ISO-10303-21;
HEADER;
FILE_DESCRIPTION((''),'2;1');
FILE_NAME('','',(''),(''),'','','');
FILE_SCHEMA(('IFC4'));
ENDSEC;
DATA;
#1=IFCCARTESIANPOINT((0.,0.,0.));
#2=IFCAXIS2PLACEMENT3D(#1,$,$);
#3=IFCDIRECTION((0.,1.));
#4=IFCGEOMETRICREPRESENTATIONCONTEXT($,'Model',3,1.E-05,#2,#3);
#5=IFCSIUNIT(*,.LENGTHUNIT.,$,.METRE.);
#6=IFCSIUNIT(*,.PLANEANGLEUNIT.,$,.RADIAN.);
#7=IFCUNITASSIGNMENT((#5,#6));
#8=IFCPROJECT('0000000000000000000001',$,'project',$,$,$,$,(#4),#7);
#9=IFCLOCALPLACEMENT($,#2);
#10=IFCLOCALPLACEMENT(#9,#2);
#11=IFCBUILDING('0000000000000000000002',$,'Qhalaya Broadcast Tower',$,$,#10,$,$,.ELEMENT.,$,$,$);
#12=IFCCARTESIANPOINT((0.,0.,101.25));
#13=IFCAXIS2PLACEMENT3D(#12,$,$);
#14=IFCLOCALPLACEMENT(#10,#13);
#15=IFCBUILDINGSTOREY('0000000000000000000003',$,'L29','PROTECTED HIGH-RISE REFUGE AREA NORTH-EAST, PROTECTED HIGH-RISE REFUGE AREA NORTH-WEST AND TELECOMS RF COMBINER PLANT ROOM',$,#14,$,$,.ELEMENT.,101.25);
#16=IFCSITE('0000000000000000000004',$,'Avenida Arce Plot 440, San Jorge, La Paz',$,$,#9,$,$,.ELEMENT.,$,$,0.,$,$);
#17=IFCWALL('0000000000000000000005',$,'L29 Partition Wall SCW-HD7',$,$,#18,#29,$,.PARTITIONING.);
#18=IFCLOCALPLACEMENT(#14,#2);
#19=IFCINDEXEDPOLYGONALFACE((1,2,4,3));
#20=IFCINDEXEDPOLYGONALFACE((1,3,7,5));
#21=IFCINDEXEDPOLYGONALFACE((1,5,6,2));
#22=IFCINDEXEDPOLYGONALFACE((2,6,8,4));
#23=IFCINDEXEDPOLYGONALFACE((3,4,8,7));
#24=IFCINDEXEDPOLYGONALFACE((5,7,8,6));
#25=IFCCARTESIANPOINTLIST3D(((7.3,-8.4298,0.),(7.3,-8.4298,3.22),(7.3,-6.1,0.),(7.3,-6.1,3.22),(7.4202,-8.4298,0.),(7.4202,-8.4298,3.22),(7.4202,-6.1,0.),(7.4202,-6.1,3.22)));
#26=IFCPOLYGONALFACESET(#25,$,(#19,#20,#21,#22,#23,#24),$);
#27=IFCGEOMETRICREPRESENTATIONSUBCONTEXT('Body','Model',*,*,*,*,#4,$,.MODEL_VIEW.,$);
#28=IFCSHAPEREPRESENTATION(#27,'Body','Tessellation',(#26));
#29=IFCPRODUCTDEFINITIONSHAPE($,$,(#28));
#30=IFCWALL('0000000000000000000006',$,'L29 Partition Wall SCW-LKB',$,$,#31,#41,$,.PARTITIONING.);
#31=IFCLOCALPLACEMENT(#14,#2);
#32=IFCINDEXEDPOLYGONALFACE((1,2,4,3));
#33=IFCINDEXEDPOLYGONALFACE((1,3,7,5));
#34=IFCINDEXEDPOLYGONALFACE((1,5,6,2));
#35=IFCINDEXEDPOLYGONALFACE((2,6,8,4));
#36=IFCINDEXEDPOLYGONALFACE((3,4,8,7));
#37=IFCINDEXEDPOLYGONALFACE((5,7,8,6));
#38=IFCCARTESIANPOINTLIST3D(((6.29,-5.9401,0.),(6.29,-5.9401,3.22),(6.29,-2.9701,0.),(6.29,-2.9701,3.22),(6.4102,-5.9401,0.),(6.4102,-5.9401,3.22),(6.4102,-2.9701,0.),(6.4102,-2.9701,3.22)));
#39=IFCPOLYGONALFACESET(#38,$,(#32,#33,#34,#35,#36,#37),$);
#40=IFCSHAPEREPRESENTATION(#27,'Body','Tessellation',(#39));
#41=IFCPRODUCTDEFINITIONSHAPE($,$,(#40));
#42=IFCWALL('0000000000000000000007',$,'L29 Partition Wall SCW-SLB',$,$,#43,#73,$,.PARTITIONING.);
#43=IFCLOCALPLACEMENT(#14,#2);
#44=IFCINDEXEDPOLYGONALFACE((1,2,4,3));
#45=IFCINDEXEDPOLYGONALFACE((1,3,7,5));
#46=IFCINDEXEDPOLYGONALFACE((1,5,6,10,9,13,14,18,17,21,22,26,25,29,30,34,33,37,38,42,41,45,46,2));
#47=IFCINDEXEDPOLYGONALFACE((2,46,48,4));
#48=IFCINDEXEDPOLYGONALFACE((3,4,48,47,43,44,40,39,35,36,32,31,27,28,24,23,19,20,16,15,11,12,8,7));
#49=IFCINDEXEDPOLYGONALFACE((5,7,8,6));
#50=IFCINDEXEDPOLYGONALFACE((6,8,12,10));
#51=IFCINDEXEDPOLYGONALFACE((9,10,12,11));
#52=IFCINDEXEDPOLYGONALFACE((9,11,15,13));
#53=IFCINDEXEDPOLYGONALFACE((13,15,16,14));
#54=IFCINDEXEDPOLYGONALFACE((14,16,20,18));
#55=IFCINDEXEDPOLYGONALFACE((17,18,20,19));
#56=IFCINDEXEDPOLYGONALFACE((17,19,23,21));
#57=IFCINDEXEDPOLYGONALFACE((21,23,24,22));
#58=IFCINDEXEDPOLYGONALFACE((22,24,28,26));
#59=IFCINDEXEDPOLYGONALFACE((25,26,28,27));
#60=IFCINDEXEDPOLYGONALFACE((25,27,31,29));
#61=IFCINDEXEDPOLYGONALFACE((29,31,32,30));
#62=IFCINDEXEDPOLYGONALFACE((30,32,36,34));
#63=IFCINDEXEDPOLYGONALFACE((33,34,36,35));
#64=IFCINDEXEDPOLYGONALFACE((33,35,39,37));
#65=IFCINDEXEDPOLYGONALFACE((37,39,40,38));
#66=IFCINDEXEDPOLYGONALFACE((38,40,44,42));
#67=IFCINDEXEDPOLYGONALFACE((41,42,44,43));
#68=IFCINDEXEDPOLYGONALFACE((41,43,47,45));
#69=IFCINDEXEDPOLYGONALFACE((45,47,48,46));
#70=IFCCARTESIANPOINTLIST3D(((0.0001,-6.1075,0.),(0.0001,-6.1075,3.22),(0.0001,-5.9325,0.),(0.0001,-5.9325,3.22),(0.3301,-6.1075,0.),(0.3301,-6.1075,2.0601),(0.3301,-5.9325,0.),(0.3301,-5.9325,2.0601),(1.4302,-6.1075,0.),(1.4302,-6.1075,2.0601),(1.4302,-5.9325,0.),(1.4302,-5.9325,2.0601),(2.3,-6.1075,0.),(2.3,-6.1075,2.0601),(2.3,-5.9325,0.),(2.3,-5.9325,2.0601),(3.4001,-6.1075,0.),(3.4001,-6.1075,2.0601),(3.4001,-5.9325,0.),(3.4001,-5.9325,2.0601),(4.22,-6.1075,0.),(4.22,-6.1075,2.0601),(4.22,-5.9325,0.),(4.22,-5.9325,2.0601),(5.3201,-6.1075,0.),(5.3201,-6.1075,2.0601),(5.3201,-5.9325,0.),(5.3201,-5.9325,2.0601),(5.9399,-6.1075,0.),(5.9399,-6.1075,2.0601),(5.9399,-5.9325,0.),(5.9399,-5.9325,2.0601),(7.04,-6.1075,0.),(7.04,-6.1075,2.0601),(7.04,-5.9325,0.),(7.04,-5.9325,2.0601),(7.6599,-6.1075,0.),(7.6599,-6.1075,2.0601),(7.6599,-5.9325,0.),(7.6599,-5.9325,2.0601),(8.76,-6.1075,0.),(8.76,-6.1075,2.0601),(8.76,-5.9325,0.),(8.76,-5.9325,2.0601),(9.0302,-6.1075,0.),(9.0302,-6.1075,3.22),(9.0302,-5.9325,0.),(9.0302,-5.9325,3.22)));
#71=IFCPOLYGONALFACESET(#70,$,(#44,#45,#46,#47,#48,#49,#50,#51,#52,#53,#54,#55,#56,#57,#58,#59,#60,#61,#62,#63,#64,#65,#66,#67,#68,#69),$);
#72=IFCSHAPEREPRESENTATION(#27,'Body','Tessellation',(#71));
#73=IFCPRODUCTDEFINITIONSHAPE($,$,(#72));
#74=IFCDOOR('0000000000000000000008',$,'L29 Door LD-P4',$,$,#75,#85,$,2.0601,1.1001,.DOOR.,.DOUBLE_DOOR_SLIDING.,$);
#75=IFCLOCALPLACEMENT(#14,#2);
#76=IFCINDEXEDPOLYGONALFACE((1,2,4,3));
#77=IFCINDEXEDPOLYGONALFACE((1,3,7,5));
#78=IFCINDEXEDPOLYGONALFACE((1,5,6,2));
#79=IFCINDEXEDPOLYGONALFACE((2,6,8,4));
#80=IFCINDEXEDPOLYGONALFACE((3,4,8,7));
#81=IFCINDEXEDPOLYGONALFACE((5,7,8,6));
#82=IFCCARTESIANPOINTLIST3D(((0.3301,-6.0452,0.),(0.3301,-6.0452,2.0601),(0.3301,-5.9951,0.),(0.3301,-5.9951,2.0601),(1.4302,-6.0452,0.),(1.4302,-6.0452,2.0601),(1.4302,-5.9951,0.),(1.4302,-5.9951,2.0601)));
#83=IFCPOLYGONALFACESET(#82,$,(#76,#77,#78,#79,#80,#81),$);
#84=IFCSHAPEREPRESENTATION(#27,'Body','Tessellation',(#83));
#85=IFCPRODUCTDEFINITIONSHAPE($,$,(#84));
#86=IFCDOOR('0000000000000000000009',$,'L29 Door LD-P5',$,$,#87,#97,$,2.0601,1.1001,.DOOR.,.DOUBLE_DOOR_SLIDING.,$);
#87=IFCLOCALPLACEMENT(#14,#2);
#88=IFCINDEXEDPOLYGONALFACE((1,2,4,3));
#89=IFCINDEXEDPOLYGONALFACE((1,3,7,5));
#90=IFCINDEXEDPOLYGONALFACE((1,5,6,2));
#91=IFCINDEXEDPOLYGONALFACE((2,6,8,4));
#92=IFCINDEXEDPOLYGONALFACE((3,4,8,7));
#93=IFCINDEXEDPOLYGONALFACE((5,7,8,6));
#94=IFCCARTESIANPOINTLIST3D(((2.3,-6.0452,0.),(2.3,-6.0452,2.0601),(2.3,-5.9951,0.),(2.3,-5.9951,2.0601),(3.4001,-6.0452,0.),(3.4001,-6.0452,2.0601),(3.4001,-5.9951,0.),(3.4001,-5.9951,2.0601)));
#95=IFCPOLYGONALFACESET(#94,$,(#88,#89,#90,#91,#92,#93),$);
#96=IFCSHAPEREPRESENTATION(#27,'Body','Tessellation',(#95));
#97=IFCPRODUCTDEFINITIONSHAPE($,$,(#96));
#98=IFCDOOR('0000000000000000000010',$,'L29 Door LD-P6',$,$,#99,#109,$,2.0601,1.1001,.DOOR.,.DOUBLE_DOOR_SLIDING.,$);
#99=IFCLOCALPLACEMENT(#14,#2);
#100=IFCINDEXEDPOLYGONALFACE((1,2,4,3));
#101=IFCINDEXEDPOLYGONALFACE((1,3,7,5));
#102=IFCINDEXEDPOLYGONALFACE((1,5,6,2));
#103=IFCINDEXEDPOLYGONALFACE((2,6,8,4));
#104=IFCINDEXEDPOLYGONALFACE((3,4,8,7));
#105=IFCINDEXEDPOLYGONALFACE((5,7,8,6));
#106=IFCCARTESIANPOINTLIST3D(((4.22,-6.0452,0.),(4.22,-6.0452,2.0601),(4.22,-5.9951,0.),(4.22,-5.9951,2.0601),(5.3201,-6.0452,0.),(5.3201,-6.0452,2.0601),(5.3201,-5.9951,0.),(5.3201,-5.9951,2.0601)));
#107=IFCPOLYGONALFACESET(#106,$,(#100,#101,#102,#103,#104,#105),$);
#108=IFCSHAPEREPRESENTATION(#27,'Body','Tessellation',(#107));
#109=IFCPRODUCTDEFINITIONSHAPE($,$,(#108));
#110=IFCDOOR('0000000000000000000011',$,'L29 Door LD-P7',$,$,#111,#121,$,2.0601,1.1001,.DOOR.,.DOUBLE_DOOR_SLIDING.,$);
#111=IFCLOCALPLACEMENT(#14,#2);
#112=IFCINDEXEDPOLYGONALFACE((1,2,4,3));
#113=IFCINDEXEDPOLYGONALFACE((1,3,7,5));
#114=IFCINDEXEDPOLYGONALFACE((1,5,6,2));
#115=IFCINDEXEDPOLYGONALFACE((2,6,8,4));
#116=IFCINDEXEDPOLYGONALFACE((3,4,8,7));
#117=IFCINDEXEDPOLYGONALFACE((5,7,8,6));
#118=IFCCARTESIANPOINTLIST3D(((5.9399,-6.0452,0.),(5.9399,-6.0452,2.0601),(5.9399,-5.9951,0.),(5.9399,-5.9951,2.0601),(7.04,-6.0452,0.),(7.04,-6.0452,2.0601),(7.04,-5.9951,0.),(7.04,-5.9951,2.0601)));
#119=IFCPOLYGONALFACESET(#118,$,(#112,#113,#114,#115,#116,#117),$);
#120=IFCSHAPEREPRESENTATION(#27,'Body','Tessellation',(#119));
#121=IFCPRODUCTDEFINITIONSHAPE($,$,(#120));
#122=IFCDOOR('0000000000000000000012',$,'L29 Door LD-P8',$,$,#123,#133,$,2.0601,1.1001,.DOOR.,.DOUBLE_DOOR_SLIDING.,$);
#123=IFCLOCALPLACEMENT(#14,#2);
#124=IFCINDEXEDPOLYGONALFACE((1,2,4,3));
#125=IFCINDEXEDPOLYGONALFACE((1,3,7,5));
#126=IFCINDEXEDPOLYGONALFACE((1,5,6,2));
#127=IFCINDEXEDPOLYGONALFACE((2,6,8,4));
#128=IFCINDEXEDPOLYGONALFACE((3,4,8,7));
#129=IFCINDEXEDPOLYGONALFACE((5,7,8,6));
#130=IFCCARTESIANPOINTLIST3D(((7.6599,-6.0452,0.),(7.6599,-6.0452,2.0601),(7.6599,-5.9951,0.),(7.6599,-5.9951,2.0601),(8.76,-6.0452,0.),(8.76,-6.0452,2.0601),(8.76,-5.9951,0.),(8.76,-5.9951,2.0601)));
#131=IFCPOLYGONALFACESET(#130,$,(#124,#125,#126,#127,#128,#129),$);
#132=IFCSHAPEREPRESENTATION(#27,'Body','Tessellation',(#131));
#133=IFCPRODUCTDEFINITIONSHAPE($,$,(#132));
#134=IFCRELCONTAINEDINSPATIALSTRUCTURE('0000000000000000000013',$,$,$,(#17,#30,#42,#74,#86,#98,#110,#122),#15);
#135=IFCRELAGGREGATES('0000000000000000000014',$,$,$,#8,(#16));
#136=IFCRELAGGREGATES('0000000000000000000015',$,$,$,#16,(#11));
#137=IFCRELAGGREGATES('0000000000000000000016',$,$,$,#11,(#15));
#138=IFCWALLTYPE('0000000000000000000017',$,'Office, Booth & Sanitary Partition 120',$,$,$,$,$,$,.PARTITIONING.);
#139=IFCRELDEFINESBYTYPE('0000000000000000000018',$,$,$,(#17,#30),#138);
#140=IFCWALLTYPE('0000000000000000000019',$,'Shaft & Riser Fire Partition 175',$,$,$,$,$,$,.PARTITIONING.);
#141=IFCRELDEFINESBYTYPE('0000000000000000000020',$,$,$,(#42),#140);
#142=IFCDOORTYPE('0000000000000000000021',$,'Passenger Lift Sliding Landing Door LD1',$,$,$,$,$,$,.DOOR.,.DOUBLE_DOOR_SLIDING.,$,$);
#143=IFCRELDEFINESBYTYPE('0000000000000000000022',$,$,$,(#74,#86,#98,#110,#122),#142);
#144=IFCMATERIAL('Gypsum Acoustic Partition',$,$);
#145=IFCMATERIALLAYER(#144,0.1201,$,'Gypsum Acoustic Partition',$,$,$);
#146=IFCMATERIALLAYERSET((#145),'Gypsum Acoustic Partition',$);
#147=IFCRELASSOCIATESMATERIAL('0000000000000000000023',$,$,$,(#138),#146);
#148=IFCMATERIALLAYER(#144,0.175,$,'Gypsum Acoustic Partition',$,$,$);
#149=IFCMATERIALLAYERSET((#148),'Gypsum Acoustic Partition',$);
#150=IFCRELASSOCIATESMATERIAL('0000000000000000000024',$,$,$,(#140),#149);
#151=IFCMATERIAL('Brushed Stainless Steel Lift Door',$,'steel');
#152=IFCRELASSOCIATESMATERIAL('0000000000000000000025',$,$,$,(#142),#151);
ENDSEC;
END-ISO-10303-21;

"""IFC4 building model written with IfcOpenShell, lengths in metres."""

from ifc_helpers import new_model, si_unit, direction, frame, frame_2d, origin, place, context, subcontext, project, spatial, rectangle, extrude, material, layer, layer_set, type_object, element, fill, save


model = new_model("IFC4")

# Units and contexts
model_context = context("Model", 3, precision=1e-05, world=origin(), true_north=direction((0.0, 1.0)))
body_context = subcontext(model_context, "Body", "Model", "MODEL_VIEW")
ifc_project = project(units=[si_unit("LENGTHUNIT", "METRE"), si_unit("PLANEANGLEUNIT", "RADIAN")], contexts=[model_context])

# Site, building, storey
site_placement = place(None, origin())
site = spatial("IfcSite", under=ifc_project, at=site_placement, Name="Avenida Arce Plot 440, San Jorge, La Paz", CompositionType="ELEMENT", RefElevation=0.0)
building_placement = place(site_placement, origin())
building = spatial("IfcBuilding", under=site, at=building_placement, Name="Qhalaya Broadcast Tower", CompositionType="ELEMENT")
storey_placement = place(building_placement, frame((0.0, 0.0, 101.25)))
storey = spatial("IfcBuildingStorey", under=building, at=storey_placement, Name="L29", Description="PROTECTED HIGH-RISE REFUGE AREA NORTH-EAST, PROTECTED HIGH-RISE REFUGE AREA NORTH-WEST AND TELECOMS RF COMBINER PLANT ROOM", CompositionType="ELEMENT", Elevation=101.25)

# Walls
ifc_material_1 = material(Name="Gypsum Acoustic Partition")
ifc_layer_1 = layer(ifc_material_1, 0.1201, Name="Gypsum Acoustic Partition")
ifc_layer_set_1 = layer_set([ifc_layer_1], Name="Gypsum Acoustic Partition")
wall_type_1 = type_object("IfcWallType", Name="Office, Booth & Sanitary Partition 120", PredefinedType="PARTITIONING", material=ifc_layer_set_1)
for number, where, z_axis, x_axis, name in (
    (1, (7.3601, -8.4299, 0.0), (0.0, 0.0, 1.0), (0.0, 1.0, 0.0), "L29 Partition Wall SCW-HD7"),
):
    element("IfcWall", number, at=place(storey_placement, frame(where, z_axis=z_axis, x_axis=x_axis)), inside=storey, type_object=wall_type_1, Name=name, PredefinedType="PARTITIONING", context=body_context, shape_type="SweptSolid", body=[
        extrude(rectangle(XDim=2.3298, YDim=0.1201, at=frame_2d((1.165, 0.0))), origin(), (0.0, 0.0, 1.0), 3.22),
    ])
wall_1_placement = place(storey_placement, frame((6.3501, -5.9399, 0.0), z_axis=(0.0, 0.0, 1.0), x_axis=(0.0, 1.0, 0.0)))
element("IfcWall", 2, at=wall_1_placement, inside=storey, type_object=wall_type_1, Name="L29 Partition Wall SCW-LKB", PredefinedType="PARTITIONING", context=body_context, shape_type="SweptSolid", body=[
    extrude(rectangle(XDim=2.97, YDim=0.1201, at=frame_2d((1.4849, 0.0))), origin(), (0.0, 0.0, 1.0), 3.22),
])

# Wall, openings, doors
ifc_layer_2 = layer(ifc_material_1, 0.175, Name="Gypsum Acoustic Partition")
ifc_layer_set_2 = layer_set([ifc_layer_2], Name="Gypsum Acoustic Partition")
wall_type_2 = type_object("IfcWallType", Name="Shaft & Riser Fire Partition 175", PredefinedType="PARTITIONING", material=ifc_layer_set_2)
wall_2_placement = place(storey_placement, frame((0.0, -6.02, 0.0), z_axis=(0.0, 0.0, 1.0), x_axis=(1.0, 0.0, 0.0)))
wall_2 = element("IfcWall", 3, at=wall_2_placement, inside=storey, type_object=wall_type_2, Name="L29 Partition Wall SCW-SLB", PredefinedType="PARTITIONING", context=body_context, shape_type="SweptSolid", body=[
    extrude(rectangle(XDim=9.03, YDim=0.175, at=frame_2d((4.5151, 0.0))), origin(), (0.0, 0.0, 1.0), 3.22),
])
opening_1_placement = place(wall_2_placement, frame((0.3301, 0.0, 0.0)))
opening_1 = element("IfcOpeningElement", 4, at=opening_1_placement, cuts=wall_2, PredefinedType="OPENING", context=body_context, shape_type="SweptSolid", body=[
    extrude(rectangle(XDim=1.1001, YDim=2.0601, at=frame_2d((0.55, 1.03))), frame((0.0, 0.0996, 0.0), z_axis=(0.0, -1.0, 0.0), x_axis=(1.0, 0.0, 0.0)), (0.0, 0.0, 1.0), 0.199),
])
opening_2_placement = place(wall_2_placement, frame((2.3, 0.0, 0.0)))
opening_2 = element("IfcOpeningElement", 5, at=opening_2_placement, cuts=wall_2, PredefinedType="OPENING", context=body_context, shape_type="SweptSolid", body=[
    extrude(rectangle(XDim=1.1001, YDim=2.0601, at=frame_2d((0.55, 1.03))), frame((0.0, 0.0996, 0.0), z_axis=(0.0, -1.0, 0.0), x_axis=(1.0, 0.0, 0.0)), (0.0, 0.0, 1.0), 0.199),
])
opening_3_placement = place(wall_2_placement, frame((4.22, 0.0, 0.0)))
opening_3 = element("IfcOpeningElement", 6, at=opening_3_placement, cuts=wall_2, PredefinedType="OPENING", context=body_context, shape_type="SweptSolid", body=[
    extrude(rectangle(XDim=1.1001, YDim=2.0601, at=frame_2d((0.55, 1.03))), frame((0.0, 0.0996, 0.0), z_axis=(0.0, -1.0, 0.0), x_axis=(1.0, 0.0, 0.0)), (0.0, 0.0, 1.0), 0.199),
])
opening_4_placement = place(wall_2_placement, frame((5.9399, 0.0, 0.0)))
opening_4 = element("IfcOpeningElement", 7, at=opening_4_placement, cuts=wall_2, PredefinedType="OPENING", context=body_context, shape_type="SweptSolid", body=[
    extrude(rectangle(XDim=1.1001, YDim=2.0601, at=frame_2d((0.55, 1.03))), frame((0.0, 0.0996, 0.0), z_axis=(0.0, -1.0, 0.0), x_axis=(1.0, 0.0, 0.0)), (0.0, 0.0, 1.0), 0.199),
])
opening_5_placement = place(wall_2_placement, frame((7.6599, 0.0, 0.0)))
opening_5 = element("IfcOpeningElement", 8, at=opening_5_placement, cuts=wall_2, PredefinedType="OPENING", context=body_context, shape_type="SweptSolid", body=[
    extrude(rectangle(XDim=1.1001, YDim=2.0601, at=frame_2d((0.55, 1.03))), frame((0.0, 0.0996, 0.0), z_axis=(0.0, -1.0, 0.0), x_axis=(1.0, 0.0, 0.0)), (0.0, 0.0, 1.0), 0.199),
])
ifc_material_2 = material(Name="Brushed Stainless Steel Lift Door", Category="steel")
door_type = type_object("IfcDoorType", Name="Passenger Lift Sliding Landing Door LD1", OperationType="DOUBLE_DOOR_SLIDING", PredefinedType="DOOR", material=ifc_material_2)
door_1_placement = place(opening_1_placement, origin())
door_1 = element("IfcDoor", 9, at=door_1_placement, inside=storey, type_object=door_type, Name="L29 Door LD-P4", OperationType="DOUBLE_DOOR_SLIDING", OverallHeight=2.0601, OverallWidth=1.1001, PredefinedType="DOOR", context=body_context, shape_type="SweptSolid", body=[
    extrude(rectangle(XDim=1.1001, YDim=2.0601, at=frame_2d((0.55, 1.03))), frame((0.0, 0.0249, 0.0), z_axis=(0.0, -1.0, 0.0), x_axis=(1.0, 0.0, 0.0)), (0.0, 0.0, 1.0), 0.05),
])
fill(opening_1, door_1)
door_2_placement = place(opening_2_placement, origin())
door_2 = element("IfcDoor", 10, at=door_2_placement, inside=storey, type_object=door_type, Name="L29 Door LD-P5", OperationType="DOUBLE_DOOR_SLIDING", OverallHeight=2.0601, OverallWidth=1.1001, PredefinedType="DOOR", context=body_context, shape_type="SweptSolid", body=[
    extrude(rectangle(XDim=1.1001, YDim=2.0601, at=frame_2d((0.55, 1.03))), frame((0.0, 0.0249, 0.0), z_axis=(0.0, -1.0, 0.0), x_axis=(1.0, 0.0, 0.0)), (0.0, 0.0, 1.0), 0.05),
])
fill(opening_2, door_2)
door_3_placement = place(opening_3_placement, origin())
door_3 = element("IfcDoor", 11, at=door_3_placement, inside=storey, type_object=door_type, Name="L29 Door LD-P6", OperationType="DOUBLE_DOOR_SLIDING", OverallHeight=2.0601, OverallWidth=1.1001, PredefinedType="DOOR", context=body_context, shape_type="SweptSolid", body=[
    extrude(rectangle(XDim=1.1001, YDim=2.0601, at=frame_2d((0.55, 1.03))), frame((0.0, 0.0249, 0.0), z_axis=(0.0, -1.0, 0.0), x_axis=(1.0, 0.0, 0.0)), (0.0, 0.0, 1.0), 0.05),
])
fill(opening_3, door_3)
door_4_placement = place(opening_4_placement, origin())
door_4 = element("IfcDoor", 12, at=door_4_placement, inside=storey, type_object=door_type, Name="L29 Door LD-P7", OperationType="DOUBLE_DOOR_SLIDING", OverallHeight=2.0601, OverallWidth=1.1001, PredefinedType="DOOR", context=body_context, shape_type="SweptSolid", body=[
    extrude(rectangle(XDim=1.1001, YDim=2.0601, at=frame_2d((0.55, 1.03))), frame((0.0, 0.0249, 0.0), z_axis=(0.0, -1.0, 0.0), x_axis=(1.0, 0.0, 0.0)), (0.0, 0.0, 1.0), 0.05),
])
fill(opening_4, door_4)
door_5_placement = place(opening_5_placement, origin())
door_5 = element("IfcDoor", 13, at=door_5_placement, inside=storey, type_object=door_type, Name="L29 Door LD-P8", OperationType="DOUBLE_DOOR_SLIDING", OverallHeight=2.0601, OverallWidth=1.1001, PredefinedType="DOOR", context=body_context, shape_type="SweptSolid", body=[
    extrude(rectangle(XDim=1.1001, YDim=2.0601, at=frame_2d((0.55, 1.03))), frame((0.0, 0.0249, 0.0), z_axis=(0.0, -1.0, 0.0), x_axis=(1.0, 0.0, 0.0)), (0.0, 0.0, 1.0), 0.05),
])
fill(opening_5, door_5)

save(model, "model.ifc")
